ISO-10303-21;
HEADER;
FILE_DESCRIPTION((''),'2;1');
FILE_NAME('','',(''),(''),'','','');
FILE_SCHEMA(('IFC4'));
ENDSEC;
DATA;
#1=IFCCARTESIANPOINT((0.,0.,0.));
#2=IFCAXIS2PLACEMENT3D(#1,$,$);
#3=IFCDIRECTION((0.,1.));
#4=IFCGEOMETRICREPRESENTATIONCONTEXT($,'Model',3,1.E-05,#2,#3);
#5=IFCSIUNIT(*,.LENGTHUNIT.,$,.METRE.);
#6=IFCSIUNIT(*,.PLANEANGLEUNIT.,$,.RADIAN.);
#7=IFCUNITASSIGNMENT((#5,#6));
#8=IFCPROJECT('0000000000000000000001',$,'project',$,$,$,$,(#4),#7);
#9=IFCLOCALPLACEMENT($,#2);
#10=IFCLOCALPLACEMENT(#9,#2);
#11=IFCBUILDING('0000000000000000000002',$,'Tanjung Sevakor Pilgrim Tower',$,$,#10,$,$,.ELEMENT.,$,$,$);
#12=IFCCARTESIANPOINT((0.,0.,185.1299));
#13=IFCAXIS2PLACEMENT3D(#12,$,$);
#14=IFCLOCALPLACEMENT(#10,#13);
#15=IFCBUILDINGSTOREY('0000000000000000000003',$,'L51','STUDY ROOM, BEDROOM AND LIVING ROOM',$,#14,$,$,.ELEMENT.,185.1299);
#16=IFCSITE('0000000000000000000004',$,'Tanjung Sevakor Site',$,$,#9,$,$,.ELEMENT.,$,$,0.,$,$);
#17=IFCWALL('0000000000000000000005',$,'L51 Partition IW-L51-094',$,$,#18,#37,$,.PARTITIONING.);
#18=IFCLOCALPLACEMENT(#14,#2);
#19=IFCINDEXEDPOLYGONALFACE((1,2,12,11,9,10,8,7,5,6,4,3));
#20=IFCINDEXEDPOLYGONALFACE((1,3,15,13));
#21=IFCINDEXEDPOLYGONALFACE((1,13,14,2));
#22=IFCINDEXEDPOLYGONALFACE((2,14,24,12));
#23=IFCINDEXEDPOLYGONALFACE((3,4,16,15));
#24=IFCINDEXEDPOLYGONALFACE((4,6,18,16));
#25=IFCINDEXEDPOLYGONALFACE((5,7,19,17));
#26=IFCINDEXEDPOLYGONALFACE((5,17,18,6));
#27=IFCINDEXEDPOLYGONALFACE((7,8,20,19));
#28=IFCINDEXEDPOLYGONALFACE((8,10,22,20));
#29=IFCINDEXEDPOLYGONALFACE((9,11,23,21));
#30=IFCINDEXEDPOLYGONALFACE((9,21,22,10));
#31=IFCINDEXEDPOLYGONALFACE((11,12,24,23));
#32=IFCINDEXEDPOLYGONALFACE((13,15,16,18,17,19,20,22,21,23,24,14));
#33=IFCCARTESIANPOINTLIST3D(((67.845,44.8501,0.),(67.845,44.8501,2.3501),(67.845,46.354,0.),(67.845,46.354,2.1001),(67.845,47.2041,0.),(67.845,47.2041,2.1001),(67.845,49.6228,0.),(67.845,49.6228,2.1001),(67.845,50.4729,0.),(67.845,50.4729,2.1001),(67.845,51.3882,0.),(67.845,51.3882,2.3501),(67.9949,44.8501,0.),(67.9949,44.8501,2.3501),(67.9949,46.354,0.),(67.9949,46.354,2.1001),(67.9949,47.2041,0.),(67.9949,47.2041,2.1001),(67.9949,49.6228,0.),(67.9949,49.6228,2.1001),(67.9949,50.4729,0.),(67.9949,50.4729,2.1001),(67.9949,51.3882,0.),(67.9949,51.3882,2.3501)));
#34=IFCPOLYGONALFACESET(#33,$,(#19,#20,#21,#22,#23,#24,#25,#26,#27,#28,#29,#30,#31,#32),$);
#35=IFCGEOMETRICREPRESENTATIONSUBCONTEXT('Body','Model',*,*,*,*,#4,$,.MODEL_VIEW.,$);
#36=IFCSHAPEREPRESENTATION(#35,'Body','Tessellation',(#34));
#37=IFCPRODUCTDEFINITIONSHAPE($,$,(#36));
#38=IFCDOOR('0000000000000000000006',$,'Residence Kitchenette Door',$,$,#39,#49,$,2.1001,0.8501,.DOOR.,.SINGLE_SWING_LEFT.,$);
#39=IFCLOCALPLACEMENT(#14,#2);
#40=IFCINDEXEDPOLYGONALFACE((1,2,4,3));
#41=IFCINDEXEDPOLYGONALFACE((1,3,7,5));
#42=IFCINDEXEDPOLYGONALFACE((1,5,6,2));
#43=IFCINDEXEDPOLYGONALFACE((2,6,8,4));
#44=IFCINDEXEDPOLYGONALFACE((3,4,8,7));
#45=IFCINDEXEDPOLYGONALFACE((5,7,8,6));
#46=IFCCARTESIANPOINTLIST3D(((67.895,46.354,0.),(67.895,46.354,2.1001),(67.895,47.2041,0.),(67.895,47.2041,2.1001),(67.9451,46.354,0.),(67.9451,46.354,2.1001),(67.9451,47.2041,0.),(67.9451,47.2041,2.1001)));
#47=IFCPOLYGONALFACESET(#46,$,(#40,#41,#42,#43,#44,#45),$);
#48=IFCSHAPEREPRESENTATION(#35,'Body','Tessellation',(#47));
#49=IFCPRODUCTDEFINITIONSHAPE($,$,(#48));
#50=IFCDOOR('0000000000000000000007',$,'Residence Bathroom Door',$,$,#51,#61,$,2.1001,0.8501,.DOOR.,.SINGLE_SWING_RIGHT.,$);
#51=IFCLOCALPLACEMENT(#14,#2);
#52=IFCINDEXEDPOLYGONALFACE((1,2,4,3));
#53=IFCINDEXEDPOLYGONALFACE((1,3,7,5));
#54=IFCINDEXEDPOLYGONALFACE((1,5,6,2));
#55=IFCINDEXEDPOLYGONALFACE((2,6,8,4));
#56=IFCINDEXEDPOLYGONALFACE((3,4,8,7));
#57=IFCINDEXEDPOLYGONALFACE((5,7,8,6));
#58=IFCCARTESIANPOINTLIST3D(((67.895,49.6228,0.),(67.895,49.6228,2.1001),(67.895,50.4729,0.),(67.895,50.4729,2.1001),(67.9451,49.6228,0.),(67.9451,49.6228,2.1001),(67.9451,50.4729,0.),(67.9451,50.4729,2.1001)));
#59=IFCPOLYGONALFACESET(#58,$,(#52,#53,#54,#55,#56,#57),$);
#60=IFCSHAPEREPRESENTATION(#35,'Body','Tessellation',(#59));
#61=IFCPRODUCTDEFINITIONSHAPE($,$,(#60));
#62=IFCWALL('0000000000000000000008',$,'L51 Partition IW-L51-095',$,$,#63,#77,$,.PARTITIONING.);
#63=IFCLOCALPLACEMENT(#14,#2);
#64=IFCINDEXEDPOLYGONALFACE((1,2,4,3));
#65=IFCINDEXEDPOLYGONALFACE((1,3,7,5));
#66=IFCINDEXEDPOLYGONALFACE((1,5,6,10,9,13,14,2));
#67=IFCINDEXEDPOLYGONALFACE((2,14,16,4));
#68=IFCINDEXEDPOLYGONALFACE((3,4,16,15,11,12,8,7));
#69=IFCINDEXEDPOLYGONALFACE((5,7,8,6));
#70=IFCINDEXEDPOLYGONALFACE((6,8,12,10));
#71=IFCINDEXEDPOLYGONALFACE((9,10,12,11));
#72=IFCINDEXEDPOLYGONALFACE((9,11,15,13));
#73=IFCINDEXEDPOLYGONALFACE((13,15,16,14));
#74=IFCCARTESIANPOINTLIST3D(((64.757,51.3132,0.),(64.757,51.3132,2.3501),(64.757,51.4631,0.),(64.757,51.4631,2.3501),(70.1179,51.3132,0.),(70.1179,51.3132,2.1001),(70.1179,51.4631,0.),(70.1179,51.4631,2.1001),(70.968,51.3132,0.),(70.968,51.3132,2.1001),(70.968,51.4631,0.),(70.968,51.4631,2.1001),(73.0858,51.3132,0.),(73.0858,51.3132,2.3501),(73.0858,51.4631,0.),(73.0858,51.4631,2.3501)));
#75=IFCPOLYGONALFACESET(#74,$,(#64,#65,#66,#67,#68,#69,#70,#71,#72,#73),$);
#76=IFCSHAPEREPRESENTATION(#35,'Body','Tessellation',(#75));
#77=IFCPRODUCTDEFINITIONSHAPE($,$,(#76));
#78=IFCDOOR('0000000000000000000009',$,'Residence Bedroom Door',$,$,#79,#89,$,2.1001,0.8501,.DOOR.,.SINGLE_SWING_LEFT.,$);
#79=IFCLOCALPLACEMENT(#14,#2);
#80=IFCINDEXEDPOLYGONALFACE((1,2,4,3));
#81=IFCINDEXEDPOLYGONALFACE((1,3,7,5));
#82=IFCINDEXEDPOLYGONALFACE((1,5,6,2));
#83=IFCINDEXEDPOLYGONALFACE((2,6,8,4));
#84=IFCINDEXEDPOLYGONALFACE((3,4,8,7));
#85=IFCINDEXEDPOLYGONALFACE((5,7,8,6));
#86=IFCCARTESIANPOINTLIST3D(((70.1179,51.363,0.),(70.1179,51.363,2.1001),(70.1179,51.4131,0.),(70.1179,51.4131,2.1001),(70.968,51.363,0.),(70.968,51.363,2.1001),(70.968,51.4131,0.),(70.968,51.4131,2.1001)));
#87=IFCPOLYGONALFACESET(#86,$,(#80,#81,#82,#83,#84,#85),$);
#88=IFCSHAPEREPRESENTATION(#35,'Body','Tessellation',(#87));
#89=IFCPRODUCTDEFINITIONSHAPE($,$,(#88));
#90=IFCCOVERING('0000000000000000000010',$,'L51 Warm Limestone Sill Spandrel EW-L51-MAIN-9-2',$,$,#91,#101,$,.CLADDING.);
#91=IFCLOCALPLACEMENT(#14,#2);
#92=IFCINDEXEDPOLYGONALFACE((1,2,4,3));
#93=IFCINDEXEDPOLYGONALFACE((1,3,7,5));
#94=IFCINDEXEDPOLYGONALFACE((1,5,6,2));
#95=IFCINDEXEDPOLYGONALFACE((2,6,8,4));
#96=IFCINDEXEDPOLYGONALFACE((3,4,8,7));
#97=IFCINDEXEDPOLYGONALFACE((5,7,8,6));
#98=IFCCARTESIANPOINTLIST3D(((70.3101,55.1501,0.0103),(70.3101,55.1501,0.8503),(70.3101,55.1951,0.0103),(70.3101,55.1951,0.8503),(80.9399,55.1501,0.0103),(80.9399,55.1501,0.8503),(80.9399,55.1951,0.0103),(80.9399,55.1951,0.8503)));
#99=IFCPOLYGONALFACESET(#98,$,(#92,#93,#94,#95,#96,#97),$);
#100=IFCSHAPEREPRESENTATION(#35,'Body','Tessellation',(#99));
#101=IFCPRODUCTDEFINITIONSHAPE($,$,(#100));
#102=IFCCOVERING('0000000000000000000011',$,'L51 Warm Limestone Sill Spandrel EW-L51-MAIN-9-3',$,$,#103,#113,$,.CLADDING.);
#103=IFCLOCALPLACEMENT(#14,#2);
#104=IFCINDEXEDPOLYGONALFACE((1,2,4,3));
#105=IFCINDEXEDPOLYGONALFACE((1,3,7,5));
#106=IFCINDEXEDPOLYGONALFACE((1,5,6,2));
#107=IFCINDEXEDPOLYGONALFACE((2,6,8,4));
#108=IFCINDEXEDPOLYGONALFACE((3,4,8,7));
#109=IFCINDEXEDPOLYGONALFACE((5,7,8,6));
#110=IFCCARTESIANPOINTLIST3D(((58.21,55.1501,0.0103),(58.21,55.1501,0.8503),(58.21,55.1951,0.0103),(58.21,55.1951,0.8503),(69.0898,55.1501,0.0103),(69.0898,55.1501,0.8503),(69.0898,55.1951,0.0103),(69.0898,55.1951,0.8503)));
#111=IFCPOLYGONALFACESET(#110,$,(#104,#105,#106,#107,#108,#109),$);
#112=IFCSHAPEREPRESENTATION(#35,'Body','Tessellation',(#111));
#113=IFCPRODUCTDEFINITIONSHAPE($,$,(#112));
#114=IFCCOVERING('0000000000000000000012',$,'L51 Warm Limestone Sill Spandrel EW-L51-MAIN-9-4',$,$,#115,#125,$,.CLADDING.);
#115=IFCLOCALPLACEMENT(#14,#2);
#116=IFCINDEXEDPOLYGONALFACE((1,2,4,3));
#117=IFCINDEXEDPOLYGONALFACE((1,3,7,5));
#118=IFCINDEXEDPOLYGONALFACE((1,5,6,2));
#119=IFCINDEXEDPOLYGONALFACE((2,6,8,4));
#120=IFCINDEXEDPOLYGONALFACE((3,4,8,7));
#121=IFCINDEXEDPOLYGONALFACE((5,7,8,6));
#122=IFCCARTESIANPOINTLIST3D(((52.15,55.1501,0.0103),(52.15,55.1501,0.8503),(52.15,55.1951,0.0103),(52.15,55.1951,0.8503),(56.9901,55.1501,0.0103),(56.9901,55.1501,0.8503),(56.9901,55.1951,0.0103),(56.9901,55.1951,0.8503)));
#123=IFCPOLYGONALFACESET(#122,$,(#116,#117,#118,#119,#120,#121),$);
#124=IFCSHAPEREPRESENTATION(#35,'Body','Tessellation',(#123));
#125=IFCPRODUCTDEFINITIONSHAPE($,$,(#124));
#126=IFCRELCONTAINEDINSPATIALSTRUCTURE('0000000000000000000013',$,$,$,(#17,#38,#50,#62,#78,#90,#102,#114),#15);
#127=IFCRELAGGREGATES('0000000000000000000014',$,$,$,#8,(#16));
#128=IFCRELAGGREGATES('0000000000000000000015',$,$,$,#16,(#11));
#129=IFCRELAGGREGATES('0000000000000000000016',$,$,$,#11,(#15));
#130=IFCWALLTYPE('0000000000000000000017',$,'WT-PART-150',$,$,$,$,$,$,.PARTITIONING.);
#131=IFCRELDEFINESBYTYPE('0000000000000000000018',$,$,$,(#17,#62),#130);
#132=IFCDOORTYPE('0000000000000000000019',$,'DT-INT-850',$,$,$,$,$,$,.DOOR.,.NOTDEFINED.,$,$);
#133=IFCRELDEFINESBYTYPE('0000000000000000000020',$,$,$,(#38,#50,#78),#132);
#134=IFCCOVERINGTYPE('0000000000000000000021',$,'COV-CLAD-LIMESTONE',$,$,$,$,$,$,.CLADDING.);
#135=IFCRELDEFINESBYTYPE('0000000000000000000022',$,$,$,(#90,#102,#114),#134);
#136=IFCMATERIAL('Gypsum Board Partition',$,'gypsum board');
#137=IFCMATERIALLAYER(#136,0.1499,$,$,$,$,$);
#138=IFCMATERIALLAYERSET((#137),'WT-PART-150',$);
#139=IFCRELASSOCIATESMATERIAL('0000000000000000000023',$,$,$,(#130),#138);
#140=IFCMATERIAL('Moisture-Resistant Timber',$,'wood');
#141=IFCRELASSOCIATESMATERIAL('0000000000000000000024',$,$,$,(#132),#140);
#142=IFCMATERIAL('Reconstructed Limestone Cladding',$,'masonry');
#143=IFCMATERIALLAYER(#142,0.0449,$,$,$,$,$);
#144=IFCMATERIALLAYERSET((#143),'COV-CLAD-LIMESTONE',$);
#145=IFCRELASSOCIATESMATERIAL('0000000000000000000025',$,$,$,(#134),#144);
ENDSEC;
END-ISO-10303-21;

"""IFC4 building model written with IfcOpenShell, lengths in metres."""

from ifc_helpers import new_model, si_unit, direction, frame, frame_2d, origin, origin_2d, place, context, subcontext, project, spatial, rectangle, extrude, material, layer, layer_set, type_object, element, fill, save


model = new_model("IFC4")

# Units and contexts
model_context = context("Model", 3, precision=1e-05, world=origin(), true_north=direction((0.0, 1.0)))
body_context = subcontext(model_context, "Body", "Model", "MODEL_VIEW")
ifc_project = project(units=[si_unit("LENGTHUNIT", "METRE"), si_unit("PLANEANGLEUNIT", "RADIAN")], contexts=[model_context])

# Site, building, storey
site_placement = place(None, origin())
site = spatial("IfcSite", under=ifc_project, at=site_placement, Name="Tanjung Sevakor Site", CompositionType="ELEMENT", RefElevation=0.0)
building_placement = place(site_placement, origin())
building = spatial("IfcBuilding", under=site, at=building_placement, Name="Tanjung Sevakor Pilgrim Tower", CompositionType="ELEMENT")
storey_placement = place(building_placement, frame((0.0, 0.0, 185.1299)))
storey = spatial("IfcBuildingStorey", under=building, at=storey_placement, Name="L51", Description="STUDY ROOM, BEDROOM AND LIVING ROOM", CompositionType="ELEMENT", Elevation=185.1299)

# Shared definitions
ifc_material_1 = material(Name="Gypsum Board Partition", Category="gypsum board")
ifc_layer_1 = layer(ifc_material_1, 0.1499)
ifc_layer_set_1 = layer_set([ifc_layer_1], Name="WT-PART-150")
wall_type_1 = type_object("IfcWallType", Name="WT-PART-150", PredefinedType="PARTITIONING", material=ifc_layer_set_1)

# Wall, openings, doors
wall_1_placement = place(storey_placement, frame((67.9199, 44.8501, 0.0), z_axis=(0.0, 0.0, 1.0), x_axis=(0.0, 1.0, 0.0)))
wall_1 = element("IfcWall", 1, at=wall_1_placement, inside=storey, type_object=wall_type_1, Name="L51 Partition IW-L51-094", PredefinedType="PARTITIONING", context=body_context, shape_type="SweptSolid", body=[
    extrude(rectangle(XDim=6.5381, YDim=0.1499, at=frame_2d((3.269, 0.0))), origin(), (0.0, 0.0, 1.0), 2.3501),
])
opening_1_placement = place(wall_1_placement, frame((1.5039, 0.0, 0.0)))
opening_1 = element("IfcOpeningElement", 2, at=opening_1_placement, cuts=wall_1, PredefinedType="OPENING", context=body_context, shape_type="SweptSolid", body=[
    extrude(rectangle(XDim=0.8501, YDim=2.1001, at=frame_2d((0.425, 1.05))), frame((0.0, 0.085, 0.0), z_axis=(0.0, -1.0, 0.0), x_axis=(1.0, 0.0, 0.0)), (0.0, 0.0, 1.0), 0.1699),
])
opening_2_placement = place(wall_1_placement, frame((4.7727, 0.0, 0.0)))
opening_2 = element("IfcOpeningElement", 3, at=opening_2_placement, cuts=wall_1, PredefinedType="OPENING", context=body_context, shape_type="SweptSolid", body=[
    extrude(rectangle(XDim=0.8501, YDim=2.1001, at=frame_2d((0.425, 1.05))), frame((0.0, 0.085, 0.0), z_axis=(0.0, -1.0, 0.0), x_axis=(1.0, 0.0, 0.0)), (0.0, 0.0, 1.0), 0.1699),
])
ifc_material_2 = material(Name="Moisture-Resistant Timber", Category="wood")
door_type_1 = type_object("IfcDoorType", Name="DT-INT-850", OperationType="NOTDEFINED", PredefinedType="DOOR", material=ifc_material_2)
door_1_placement = place(opening_1_placement, origin())
door_1 = element("IfcDoor", 4, at=door_1_placement, inside=storey, type_object=door_type_1, Name="Residence Kitchenette Door", OperationType="SINGLE_SWING_LEFT", OverallHeight=2.1001, OverallWidth=0.8501, PredefinedType="DOOR", context=body_context, shape_type="SweptSolid", body=[
    extrude(rectangle(XDim=0.8501, YDim=2.1001, at=frame_2d((0.425, 1.05))), frame((0.0, 0.0249, 0.0), z_axis=(0.0, -1.0, 0.0), x_axis=(1.0, 0.0, 0.0)), (0.0, 0.0, 1.0), 0.05),
])
fill(opening_1, door_1)
door_2_placement = place(opening_2_placement, origin())
door_2 = element("IfcDoor", 5, at=door_2_placement, inside=storey, type_object=door_type_1, Name="Residence Bathroom Door", OperationType="SINGLE_SWING_RIGHT", OverallHeight=2.1001, OverallWidth=0.8501, PredefinedType="DOOR", context=body_context, shape_type="SweptSolid", body=[
    extrude(rectangle(XDim=0.8501, YDim=2.1001, at=frame_2d((0.425, 1.05))), frame((0.0, 0.0249, 0.0), z_axis=(0.0, -1.0, 0.0), x_axis=(1.0, 0.0, 0.0)), (0.0, 0.0, 1.0), 0.05),
])
fill(opening_2, door_2)

# Wall, opening, door
wall_2_placement = place(storey_placement, frame((64.7568, 51.3882, 0.0), z_axis=(0.0, 0.0, 1.0), x_axis=(1.0, 0.0, 0.0)))
wall_2 = element("IfcWall", 6, at=wall_2_placement, inside=storey, type_object=wall_type_1, Name="L51 Partition IW-L51-095", PredefinedType="PARTITIONING", context=body_context, shape_type="SweptSolid", body=[
    extrude(rectangle(XDim=8.3289, YDim=0.1499, at=frame_2d((4.1646, 0.0))), origin(), (0.0, 0.0, 1.0), 2.3501),
])
opening_3_placement = place(wall_2_placement, frame((5.3611, 0.0, 0.0)))
opening_3 = element("IfcOpeningElement", 7, at=opening_3_placement, cuts=wall_2, PredefinedType="OPENING", context=body_context, shape_type="SweptSolid", body=[
    extrude(rectangle(XDim=0.8501, YDim=2.1001, at=frame_2d((0.425, 1.05))), frame((0.0, 0.085, 0.0), z_axis=(0.0, -1.0, 0.0), x_axis=(1.0, 0.0, 0.0)), (0.0, 0.0, 1.0), 0.1699),
])
door_3_placement = place(opening_3_placement, origin())
door_3 = element("IfcDoor", 8, at=door_3_placement, inside=storey, type_object=door_type_1, Name="Residence Bedroom Door", OperationType="SINGLE_SWING_LEFT", OverallHeight=2.1001, OverallWidth=0.8501, PredefinedType="DOOR", context=body_context, shape_type="SweptSolid", body=[
    extrude(rectangle(XDim=0.8501, YDim=2.1001, at=frame_2d((0.425, 1.05))), frame((0.0, 0.0249, 0.0), z_axis=(0.0, -1.0, 0.0), x_axis=(1.0, 0.0, 0.0)), (0.0, 0.0, 1.0), 0.05),
])
fill(opening_3, door_3)

# Coverings
ifc_material_3 = material(Name="Reconstructed Limestone Cladding", Category="masonry")
ifc_layer_2 = layer(ifc_material_3, 0.0449)
ifc_layer_set_2 = layer_set([ifc_layer_2], Name="COV-CLAD-LIMESTONE")
covering_type = type_object("IfcCoveringType", Name="COV-CLAD-LIMESTONE", PredefinedType="CLADDING", material=ifc_layer_set_2)
covering_1_placement = place(storey_placement, frame((75.625, 55.1726, 0.0103), z_axis=(0.0, 0.0, 1.0), x_axis=(-1.0, 0.0, 0.0)))
element("IfcCovering", 9, at=covering_1_placement, inside=storey, type_object=covering_type, Name="L51 Warm Limestone Sill Spandrel EW-L51-MAIN-9-2", PredefinedType="CLADDING", context=body_context, shape_type="SweptSolid", body=[
    extrude(rectangle(XDim=10.6299, YDim=0.0449, at=origin_2d()), origin(), (0.0, 0.0, 1.0), 0.8401),
])
covering_2_placement = place(storey_placement, frame((63.6499, 55.1726, 0.0103), z_axis=(0.0, 0.0, 1.0), x_axis=(-1.0, 0.0, 0.0)))
element("IfcCovering", 10, at=covering_2_placement, inside=storey, type_object=covering_type, Name="L51 Warm Limestone Sill Spandrel EW-L51-MAIN-9-3", PredefinedType="CLADDING", context=body_context, shape_type="SweptSolid", body=[
    extrude(rectangle(XDim=10.8799, YDim=0.0449, at=origin_2d()), origin(), (0.0, 0.0, 1.0), 0.8401),
])
covering_3_placement = place(storey_placement, frame((54.5701, 55.1726, 0.0103), z_axis=(0.0, 0.0, 1.0), x_axis=(-1.0, 0.0, 0.0)))
element("IfcCovering", 11, at=covering_3_placement, inside=storey, type_object=covering_type, Name="L51 Warm Limestone Sill Spandrel EW-L51-MAIN-9-4", PredefinedType="CLADDING", context=body_context, shape_type="SweptSolid", body=[
    extrude(rectangle(XDim=4.8401, YDim=0.0449, at=origin_2d()), origin(), (0.0, 0.0, 1.0), 0.8401),
])

save(model, "model.ifc")
